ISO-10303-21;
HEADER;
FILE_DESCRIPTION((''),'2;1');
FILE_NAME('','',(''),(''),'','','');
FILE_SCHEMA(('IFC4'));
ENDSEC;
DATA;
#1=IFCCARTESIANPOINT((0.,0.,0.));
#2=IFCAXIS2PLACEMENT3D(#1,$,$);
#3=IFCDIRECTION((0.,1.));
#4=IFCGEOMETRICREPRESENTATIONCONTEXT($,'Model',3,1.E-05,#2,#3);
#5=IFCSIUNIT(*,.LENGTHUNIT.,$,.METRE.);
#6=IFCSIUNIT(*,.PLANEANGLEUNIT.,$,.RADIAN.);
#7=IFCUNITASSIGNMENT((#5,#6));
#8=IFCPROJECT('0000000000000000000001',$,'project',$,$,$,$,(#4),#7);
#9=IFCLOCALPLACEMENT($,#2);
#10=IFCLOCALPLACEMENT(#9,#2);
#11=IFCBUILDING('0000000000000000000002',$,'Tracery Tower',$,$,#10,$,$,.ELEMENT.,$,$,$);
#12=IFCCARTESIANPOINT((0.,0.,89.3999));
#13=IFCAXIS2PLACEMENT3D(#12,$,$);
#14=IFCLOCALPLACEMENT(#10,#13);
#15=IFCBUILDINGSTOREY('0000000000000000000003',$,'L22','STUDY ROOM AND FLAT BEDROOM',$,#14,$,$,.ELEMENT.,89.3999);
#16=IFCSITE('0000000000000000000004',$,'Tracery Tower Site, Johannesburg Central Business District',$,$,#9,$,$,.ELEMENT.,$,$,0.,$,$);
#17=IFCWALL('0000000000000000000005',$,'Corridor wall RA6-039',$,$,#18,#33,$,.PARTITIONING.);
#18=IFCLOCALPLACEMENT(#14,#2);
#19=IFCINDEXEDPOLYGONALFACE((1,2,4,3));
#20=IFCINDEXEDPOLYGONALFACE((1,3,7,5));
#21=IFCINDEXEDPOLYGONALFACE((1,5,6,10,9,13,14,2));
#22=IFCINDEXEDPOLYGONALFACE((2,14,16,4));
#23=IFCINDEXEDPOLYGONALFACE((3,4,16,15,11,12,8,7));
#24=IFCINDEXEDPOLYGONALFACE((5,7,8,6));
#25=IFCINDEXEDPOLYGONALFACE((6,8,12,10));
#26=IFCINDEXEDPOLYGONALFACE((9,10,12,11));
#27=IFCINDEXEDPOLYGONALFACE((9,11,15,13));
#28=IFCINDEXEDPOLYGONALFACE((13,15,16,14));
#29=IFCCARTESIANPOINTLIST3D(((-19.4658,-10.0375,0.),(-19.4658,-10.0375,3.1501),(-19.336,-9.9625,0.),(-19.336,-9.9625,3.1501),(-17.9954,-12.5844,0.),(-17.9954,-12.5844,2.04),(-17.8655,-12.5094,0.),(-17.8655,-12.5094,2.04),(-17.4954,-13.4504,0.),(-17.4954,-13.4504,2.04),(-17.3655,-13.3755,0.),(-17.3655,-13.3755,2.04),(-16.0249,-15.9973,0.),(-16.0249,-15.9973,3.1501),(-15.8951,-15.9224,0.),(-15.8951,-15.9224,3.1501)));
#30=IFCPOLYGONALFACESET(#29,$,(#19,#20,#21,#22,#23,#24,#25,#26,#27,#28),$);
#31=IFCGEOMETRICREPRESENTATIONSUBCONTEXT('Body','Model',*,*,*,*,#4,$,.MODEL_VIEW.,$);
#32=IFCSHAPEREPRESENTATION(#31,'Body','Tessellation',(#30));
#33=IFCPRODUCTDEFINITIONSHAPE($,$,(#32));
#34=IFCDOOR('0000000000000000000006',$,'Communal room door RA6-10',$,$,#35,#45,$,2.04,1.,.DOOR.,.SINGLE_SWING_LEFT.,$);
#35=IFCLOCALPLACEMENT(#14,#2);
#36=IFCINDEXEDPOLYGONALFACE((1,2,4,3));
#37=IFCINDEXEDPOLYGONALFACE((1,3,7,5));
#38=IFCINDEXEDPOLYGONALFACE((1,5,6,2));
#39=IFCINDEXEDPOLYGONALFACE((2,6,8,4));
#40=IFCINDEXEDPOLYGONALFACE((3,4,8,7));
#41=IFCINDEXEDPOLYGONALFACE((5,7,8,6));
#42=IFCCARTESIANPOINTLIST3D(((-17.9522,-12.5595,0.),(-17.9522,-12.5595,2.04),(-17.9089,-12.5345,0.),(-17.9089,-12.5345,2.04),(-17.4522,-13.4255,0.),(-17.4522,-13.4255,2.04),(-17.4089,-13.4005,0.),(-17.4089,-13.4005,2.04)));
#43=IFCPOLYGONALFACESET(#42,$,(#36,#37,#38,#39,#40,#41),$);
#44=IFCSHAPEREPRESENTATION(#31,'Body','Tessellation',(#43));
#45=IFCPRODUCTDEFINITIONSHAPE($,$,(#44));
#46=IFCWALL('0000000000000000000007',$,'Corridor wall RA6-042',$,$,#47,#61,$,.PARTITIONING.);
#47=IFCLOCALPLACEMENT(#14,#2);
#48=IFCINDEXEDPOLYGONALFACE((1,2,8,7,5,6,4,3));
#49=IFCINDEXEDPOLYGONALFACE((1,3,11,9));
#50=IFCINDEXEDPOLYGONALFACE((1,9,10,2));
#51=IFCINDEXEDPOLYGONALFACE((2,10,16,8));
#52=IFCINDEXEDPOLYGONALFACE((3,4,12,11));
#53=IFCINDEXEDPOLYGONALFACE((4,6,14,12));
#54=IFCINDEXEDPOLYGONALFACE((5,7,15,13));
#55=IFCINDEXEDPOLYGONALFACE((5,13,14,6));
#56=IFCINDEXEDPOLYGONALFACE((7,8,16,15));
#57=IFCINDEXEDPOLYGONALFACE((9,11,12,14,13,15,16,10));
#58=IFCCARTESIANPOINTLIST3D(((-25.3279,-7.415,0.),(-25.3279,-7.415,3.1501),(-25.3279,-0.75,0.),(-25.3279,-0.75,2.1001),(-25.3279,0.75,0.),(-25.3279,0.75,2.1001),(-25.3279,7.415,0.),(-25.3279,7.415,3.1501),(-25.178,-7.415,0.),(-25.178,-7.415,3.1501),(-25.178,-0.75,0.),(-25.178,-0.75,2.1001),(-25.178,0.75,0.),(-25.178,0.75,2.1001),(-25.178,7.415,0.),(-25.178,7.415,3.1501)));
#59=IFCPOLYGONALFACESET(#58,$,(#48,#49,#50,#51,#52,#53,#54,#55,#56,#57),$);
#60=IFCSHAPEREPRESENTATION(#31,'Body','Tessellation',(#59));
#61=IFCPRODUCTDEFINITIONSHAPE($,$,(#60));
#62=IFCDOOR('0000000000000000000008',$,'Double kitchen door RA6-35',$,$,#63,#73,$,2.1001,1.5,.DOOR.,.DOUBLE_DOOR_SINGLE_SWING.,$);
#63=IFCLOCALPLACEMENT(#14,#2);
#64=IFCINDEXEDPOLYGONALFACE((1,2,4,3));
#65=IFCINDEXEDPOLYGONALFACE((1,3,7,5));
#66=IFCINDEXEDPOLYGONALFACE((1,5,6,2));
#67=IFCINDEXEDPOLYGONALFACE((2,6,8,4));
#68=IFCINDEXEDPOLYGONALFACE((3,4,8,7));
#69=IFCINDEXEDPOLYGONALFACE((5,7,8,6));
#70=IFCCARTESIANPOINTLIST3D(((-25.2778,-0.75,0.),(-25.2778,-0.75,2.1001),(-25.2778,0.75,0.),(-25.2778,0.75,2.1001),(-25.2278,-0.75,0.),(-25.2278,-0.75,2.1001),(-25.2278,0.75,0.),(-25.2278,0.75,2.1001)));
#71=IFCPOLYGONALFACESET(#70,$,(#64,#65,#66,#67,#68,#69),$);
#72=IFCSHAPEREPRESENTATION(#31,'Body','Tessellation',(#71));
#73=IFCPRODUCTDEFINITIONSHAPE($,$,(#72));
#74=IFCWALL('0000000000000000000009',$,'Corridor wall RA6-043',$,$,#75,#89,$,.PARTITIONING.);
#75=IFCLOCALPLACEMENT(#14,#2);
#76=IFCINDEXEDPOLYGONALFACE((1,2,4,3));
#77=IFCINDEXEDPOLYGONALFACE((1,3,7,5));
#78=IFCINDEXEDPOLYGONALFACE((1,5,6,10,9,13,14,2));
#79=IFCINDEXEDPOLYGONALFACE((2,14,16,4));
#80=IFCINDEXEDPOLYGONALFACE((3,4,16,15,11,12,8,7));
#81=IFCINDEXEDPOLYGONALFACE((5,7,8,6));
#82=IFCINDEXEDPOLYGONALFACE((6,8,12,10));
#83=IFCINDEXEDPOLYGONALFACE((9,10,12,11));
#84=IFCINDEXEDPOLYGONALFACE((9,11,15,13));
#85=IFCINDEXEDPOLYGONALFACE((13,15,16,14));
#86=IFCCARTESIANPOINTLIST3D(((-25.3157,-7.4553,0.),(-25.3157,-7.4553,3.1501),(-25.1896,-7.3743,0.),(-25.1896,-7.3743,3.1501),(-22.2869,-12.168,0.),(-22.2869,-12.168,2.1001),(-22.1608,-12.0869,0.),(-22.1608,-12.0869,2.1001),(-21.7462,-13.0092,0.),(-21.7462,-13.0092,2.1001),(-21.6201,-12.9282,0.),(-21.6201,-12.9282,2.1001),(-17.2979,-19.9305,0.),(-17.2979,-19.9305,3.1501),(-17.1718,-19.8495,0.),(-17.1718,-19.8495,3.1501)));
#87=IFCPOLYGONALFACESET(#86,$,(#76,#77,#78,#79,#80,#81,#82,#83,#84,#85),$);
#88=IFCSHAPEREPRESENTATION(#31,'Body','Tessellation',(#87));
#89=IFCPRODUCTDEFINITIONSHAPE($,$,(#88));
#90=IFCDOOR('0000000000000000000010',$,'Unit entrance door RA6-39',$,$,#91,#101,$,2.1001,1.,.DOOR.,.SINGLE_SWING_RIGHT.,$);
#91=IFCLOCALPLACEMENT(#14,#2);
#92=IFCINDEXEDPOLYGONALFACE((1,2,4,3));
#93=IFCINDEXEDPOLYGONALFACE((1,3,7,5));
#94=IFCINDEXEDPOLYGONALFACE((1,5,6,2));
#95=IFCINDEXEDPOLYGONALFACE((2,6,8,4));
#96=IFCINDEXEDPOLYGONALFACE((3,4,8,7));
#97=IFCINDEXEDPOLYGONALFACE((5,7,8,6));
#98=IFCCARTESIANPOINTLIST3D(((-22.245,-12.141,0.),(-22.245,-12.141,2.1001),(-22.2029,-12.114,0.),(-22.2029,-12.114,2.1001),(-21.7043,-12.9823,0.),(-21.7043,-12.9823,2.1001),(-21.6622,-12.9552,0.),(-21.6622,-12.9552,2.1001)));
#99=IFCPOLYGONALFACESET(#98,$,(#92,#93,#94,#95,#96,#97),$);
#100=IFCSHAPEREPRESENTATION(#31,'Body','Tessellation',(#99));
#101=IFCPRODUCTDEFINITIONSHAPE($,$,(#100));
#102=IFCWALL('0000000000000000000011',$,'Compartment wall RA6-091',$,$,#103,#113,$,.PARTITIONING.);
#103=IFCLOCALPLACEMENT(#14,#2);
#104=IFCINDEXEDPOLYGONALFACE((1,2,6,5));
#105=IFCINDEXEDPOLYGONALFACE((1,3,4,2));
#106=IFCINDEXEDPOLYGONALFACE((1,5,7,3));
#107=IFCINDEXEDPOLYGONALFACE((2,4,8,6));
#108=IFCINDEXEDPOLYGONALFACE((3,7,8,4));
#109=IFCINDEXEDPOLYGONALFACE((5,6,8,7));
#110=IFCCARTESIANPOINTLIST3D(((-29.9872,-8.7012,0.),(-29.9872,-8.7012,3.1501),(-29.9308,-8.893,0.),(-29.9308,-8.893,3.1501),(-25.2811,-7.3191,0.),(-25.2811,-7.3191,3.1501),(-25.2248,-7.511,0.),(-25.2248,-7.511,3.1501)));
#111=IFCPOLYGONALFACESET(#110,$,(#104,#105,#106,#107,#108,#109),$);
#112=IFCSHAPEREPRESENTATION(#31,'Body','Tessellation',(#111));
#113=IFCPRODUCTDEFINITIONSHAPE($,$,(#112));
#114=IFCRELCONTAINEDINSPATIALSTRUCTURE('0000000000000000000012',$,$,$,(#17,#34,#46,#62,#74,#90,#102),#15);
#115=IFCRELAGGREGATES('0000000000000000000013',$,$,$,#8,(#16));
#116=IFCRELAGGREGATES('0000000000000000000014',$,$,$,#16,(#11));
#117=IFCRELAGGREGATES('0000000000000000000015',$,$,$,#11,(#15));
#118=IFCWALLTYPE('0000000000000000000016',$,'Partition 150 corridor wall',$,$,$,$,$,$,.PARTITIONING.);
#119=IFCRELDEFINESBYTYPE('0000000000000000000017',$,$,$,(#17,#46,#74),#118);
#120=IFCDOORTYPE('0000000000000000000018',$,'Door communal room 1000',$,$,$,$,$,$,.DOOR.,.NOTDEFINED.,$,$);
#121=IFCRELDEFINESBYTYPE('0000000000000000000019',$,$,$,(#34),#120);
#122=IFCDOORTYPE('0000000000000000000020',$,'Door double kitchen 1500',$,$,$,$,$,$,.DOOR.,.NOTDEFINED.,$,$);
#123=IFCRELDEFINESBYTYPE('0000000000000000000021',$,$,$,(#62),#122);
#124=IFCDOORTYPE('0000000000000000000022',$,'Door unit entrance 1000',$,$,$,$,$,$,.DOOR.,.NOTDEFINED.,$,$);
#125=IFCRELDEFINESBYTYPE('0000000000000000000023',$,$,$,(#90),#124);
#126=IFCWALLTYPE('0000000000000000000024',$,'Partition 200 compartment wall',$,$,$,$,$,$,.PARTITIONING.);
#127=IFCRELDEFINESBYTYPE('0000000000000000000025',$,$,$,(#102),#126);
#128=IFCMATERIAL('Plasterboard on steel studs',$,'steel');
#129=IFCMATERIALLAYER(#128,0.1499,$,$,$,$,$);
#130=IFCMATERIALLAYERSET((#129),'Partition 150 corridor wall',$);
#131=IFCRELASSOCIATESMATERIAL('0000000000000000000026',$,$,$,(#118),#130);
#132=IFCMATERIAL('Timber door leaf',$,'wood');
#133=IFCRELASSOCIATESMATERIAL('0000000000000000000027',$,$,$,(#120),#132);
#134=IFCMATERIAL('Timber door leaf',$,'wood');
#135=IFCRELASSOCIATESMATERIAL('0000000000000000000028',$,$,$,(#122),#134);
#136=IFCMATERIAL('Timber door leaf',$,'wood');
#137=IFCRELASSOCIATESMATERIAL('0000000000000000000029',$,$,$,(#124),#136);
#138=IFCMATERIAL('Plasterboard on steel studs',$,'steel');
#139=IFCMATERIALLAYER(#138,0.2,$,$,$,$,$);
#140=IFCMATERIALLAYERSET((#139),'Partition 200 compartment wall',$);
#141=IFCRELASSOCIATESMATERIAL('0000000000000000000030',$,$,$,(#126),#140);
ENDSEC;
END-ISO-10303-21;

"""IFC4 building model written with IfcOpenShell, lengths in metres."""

from ifc_helpers import new_model, si_unit, direction, frame, frame_2d, origin, place, context, subcontext, project, spatial, rectangle, extrude, material, layer, layer_set, type_object, element, fill, save


model = new_model("IFC4")

# Units and contexts
model_context = context("Model", 3, precision=1e-05, world=origin(), true_north=direction((0.0, 1.0)))
body_context = subcontext(model_context, "Body", "Model", "MODEL_VIEW")
ifc_project = project(units=[si_unit("LENGTHUNIT", "METRE"), si_unit("PLANEANGLEUNIT", "RADIAN")], contexts=[model_context])

# Site, building, storey
site_placement = place(None, origin())
site = spatial("IfcSite", under=ifc_project, at=site_placement, Name="Tracery Tower Site, Johannesburg Central Business District", CompositionType="ELEMENT", RefElevation=0.0)
building_placement = place(site_placement, origin())
building = spatial("IfcBuilding", under=site, at=building_placement, Name="Tracery Tower", CompositionType="ELEMENT")
storey_placement = place(building_placement, frame((0.0, 0.0, 89.3999)))
storey = spatial("IfcBuildingStorey", under=building, at=storey_placement, Name="L22", Description="STUDY ROOM AND FLAT BEDROOM", CompositionType="ELEMENT", Elevation=89.3999)

# Shared definitions
ifc_material_1 = material(Name="Plasterboard on steel studs", Category="steel")
ifc_layer_1 = layer(ifc_material_1, 0.1499)
ifc_layer_set_1 = layer_set([ifc_layer_1], Name="Partition 150 corridor wall")
wall_type_1 = type_object("IfcWallType", Name="Partition 150 corridor wall", PredefinedType="PARTITIONING", material=ifc_layer_set_1)

# Walls, openings, doors
wall_1_placement = place(storey_placement, frame((-19.4009, -10.0, 0.0), z_axis=(0.0, 0.0, 1.0), x_axis=(0.499993, -0.86603, 0.0)))
wall_1 = element("IfcWall", 1, at=wall_1_placement, inside=storey, type_object=wall_type_1, Name="Corridor wall RA6-039", PredefinedType="PARTITIONING", context=body_context, shape_type="SweptSolid", body=[
    extrude(rectangle(XDim=6.8818, YDim=0.1499, at=frame_2d((3.4409, 0.0))), origin(), (0.0, 0.0, 1.0), 3.1501),
])
opening_1_placement = place(wall_1_placement, frame((2.9409, 0.0, 0.0)))
opening_1 = element("IfcOpeningElement", 2, at=opening_1_placement, cuts=wall_1, PredefinedType="OPENING", context=body_context, shape_type="SweptSolid", body=[
    extrude(rectangle(XDim=1.0, YDim=2.04, at=frame_2d((0.5, 1.02))), frame((0.0, 0.075, 0.0), z_axis=(0.0, -1.0, 0.0), x_axis=(1.0, 0.0, 0.0)), (0.0, 0.0, 1.0), 0.1499),
])
ifc_material_2 = material(Name="Timber door leaf", Category="wood")
door_type_1 = type_object("IfcDoorType", Name="Door communal room 1000", OperationType="NOTDEFINED", PredefinedType="DOOR", material=ifc_material_2)
door_1_placement = place(opening_1_placement, origin())
door_1 = element("IfcDoor", 3, at=door_1_placement, inside=storey, type_object=door_type_1, Name="Communal room door RA6-10", OperationType="SINGLE_SWING_LEFT", OverallHeight=2.04, OverallWidth=1.0, PredefinedType="DOOR", context=body_context, shape_type="SweptSolid", body=[
    extrude(rectangle(XDim=1.0, YDim=2.04, at=frame_2d((0.5, 1.02))), frame((0.0, 0.0249, 0.0), z_axis=(0.0, -1.0, 0.0), x_axis=(1.0, 0.0, 0.0)), (0.0, 0.0, 1.0), 0.05),
])
fill(opening_1, door_1)
wall_2_placement = place(storey_placement, frame((-25.2529, -7.415, 0.0), z_axis=(0.0, 0.0, 1.0), x_axis=(0.0, 1.0, 0.0)))
wall_2 = element("IfcWall", 4, at=wall_2_placement, inside=storey, type_object=wall_type_1, Name="Corridor wall RA6-042", PredefinedType="PARTITIONING", context=body_context, shape_type="SweptSolid", body=[
    extrude(rectangle(XDim=14.8301, YDim=0.1499, at=frame_2d((7.415, 0.0))), origin(), (0.0, 0.0, 1.0), 3.1501),
])
opening_2_placement = place(wall_2_placement, frame((6.665, 0.0, 0.0)))
opening_2 = element("IfcOpeningElement", 5, at=opening_2_placement, cuts=wall_2, PredefinedType="OPENING", context=body_context, shape_type="SweptSolid", body=[
    extrude(rectangle(XDim=1.5, YDim=2.1001, at=frame_2d((0.75, 1.05))), frame((0.0, 0.075, 0.0), z_axis=(0.0, -1.0, 0.0), x_axis=(1.0, 0.0, 0.0)), (0.0, 0.0, 1.0), 0.1499),
])
ifc_material_3 = material(Name="Timber door leaf", Category="wood")
door_type_2 = type_object("IfcDoorType", Name="Door double kitchen 1500", OperationType="NOTDEFINED", PredefinedType="DOOR", material=ifc_material_3)
door_2_placement = place(opening_2_placement, origin())
door_2 = element("IfcDoor", 6, at=door_2_placement, inside=storey, type_object=door_type_2, Name="Double kitchen door RA6-35", OperationType="DOUBLE_DOOR_SINGLE_SWING", OverallHeight=2.1001, OverallWidth=1.5, PredefinedType="DOOR", context=body_context, shape_type="SweptSolid", body=[
    extrude(rectangle(XDim=1.5, YDim=2.1001, at=frame_2d((0.75, 1.05))), frame((0.0, 0.0249, 0.0), z_axis=(0.0, -1.0, 0.0), x_axis=(1.0, 0.0, 0.0)), (0.0, 0.0, 1.0), 0.05),
])
fill(opening_2, door_2)
wall_3_placement = place(storey_placement, frame((-25.2527, -7.4148, 0.0), z_axis=(0.0, 0.0, 1.0), x_axis=(0.540668, -0.841236, 0.0)))
wall_3 = element("IfcWall", 7, at=wall_3_placement, inside=storey, type_object=wall_type_1, Name="Corridor wall RA6-043", PredefinedType="PARTITIONING", context=body_context, shape_type="SweptSolid", body=[
    extrude(rectangle(XDim=14.8296, YDim=0.1499, at=frame_2d((7.4148, 0.0))), origin(), (0.0, 0.0, 1.0), 3.1501),
])
opening_3_placement = place(wall_3_placement, frame((5.6021, 0.0, 0.0)))
opening_3 = element("IfcOpeningElement", 8, at=opening_3_placement, cuts=wall_3, PredefinedType="OPENING", context=body_context, shape_type="SweptSolid", body=[
    extrude(rectangle(XDim=1.0, YDim=2.1001, at=frame_2d((0.5, 1.05))), frame((0.0, 0.075, 0.0), z_axis=(0.0, -1.0, 0.0), x_axis=(1.0, 0.0, 0.0)), (0.0, 0.0, 1.0), 0.1499),
])
ifc_material_4 = material(Name="Timber door leaf", Category="wood")
door_type_3 = type_object("IfcDoorType", Name="Door unit entrance 1000", OperationType="NOTDEFINED", PredefinedType="DOOR", material=ifc_material_4)
door_3_placement = place(opening_3_placement, origin())
door_3 = element("IfcDoor", 9, at=door_3_placement, inside=storey, type_object=door_type_3, Name="Unit entrance door RA6-39", OperationType="SINGLE_SWING_RIGHT", OverallHeight=2.1001, OverallWidth=1.0, PredefinedType="DOOR", context=body_context, shape_type="SweptSolid", body=[
    extrude(rectangle(XDim=1.0, YDim=2.1001, at=frame_2d((0.5, 1.05))), frame((0.0, 0.0249, 0.0), z_axis=(0.0, -1.0, 0.0), x_axis=(1.0, 0.0, 0.0)), (0.0, 0.0, 1.0), 0.05),
])
fill(opening_3, door_3)

# Wall
ifc_material_5 = material(Name="Plasterboard on steel studs", Category="steel")
ifc_layer_2 = layer(ifc_material_5, 0.2)
ifc_layer_set_2 = layer_set([ifc_layer_2], Name="Partition 200 compartment wall")
wall_type_2 = type_object("IfcWallType", Name="Partition 200 compartment wall", PredefinedType="PARTITIONING", material=ifc_layer_set_2)
wall_4_placement = place(storey_placement, frame((-29.959, -8.7971, 0.0), z_axis=(0.0, 0.0, 1.0), x_axis=(0.959479, 0.281781, 0.0)))
element("IfcWall", 10, at=wall_4_placement, inside=storey, type_object=wall_type_2, Name="Compartment wall RA6-091", PredefinedType="PARTITIONING", context=body_context, shape_type="SweptSolid", body=[
    extrude(rectangle(XDim=4.9048, YDim=0.2, at=frame_2d((2.4524, 0.0))), origin(), (0.0, 0.0, 1.0), 3.1501),
])

save(model, "model.ifc")
